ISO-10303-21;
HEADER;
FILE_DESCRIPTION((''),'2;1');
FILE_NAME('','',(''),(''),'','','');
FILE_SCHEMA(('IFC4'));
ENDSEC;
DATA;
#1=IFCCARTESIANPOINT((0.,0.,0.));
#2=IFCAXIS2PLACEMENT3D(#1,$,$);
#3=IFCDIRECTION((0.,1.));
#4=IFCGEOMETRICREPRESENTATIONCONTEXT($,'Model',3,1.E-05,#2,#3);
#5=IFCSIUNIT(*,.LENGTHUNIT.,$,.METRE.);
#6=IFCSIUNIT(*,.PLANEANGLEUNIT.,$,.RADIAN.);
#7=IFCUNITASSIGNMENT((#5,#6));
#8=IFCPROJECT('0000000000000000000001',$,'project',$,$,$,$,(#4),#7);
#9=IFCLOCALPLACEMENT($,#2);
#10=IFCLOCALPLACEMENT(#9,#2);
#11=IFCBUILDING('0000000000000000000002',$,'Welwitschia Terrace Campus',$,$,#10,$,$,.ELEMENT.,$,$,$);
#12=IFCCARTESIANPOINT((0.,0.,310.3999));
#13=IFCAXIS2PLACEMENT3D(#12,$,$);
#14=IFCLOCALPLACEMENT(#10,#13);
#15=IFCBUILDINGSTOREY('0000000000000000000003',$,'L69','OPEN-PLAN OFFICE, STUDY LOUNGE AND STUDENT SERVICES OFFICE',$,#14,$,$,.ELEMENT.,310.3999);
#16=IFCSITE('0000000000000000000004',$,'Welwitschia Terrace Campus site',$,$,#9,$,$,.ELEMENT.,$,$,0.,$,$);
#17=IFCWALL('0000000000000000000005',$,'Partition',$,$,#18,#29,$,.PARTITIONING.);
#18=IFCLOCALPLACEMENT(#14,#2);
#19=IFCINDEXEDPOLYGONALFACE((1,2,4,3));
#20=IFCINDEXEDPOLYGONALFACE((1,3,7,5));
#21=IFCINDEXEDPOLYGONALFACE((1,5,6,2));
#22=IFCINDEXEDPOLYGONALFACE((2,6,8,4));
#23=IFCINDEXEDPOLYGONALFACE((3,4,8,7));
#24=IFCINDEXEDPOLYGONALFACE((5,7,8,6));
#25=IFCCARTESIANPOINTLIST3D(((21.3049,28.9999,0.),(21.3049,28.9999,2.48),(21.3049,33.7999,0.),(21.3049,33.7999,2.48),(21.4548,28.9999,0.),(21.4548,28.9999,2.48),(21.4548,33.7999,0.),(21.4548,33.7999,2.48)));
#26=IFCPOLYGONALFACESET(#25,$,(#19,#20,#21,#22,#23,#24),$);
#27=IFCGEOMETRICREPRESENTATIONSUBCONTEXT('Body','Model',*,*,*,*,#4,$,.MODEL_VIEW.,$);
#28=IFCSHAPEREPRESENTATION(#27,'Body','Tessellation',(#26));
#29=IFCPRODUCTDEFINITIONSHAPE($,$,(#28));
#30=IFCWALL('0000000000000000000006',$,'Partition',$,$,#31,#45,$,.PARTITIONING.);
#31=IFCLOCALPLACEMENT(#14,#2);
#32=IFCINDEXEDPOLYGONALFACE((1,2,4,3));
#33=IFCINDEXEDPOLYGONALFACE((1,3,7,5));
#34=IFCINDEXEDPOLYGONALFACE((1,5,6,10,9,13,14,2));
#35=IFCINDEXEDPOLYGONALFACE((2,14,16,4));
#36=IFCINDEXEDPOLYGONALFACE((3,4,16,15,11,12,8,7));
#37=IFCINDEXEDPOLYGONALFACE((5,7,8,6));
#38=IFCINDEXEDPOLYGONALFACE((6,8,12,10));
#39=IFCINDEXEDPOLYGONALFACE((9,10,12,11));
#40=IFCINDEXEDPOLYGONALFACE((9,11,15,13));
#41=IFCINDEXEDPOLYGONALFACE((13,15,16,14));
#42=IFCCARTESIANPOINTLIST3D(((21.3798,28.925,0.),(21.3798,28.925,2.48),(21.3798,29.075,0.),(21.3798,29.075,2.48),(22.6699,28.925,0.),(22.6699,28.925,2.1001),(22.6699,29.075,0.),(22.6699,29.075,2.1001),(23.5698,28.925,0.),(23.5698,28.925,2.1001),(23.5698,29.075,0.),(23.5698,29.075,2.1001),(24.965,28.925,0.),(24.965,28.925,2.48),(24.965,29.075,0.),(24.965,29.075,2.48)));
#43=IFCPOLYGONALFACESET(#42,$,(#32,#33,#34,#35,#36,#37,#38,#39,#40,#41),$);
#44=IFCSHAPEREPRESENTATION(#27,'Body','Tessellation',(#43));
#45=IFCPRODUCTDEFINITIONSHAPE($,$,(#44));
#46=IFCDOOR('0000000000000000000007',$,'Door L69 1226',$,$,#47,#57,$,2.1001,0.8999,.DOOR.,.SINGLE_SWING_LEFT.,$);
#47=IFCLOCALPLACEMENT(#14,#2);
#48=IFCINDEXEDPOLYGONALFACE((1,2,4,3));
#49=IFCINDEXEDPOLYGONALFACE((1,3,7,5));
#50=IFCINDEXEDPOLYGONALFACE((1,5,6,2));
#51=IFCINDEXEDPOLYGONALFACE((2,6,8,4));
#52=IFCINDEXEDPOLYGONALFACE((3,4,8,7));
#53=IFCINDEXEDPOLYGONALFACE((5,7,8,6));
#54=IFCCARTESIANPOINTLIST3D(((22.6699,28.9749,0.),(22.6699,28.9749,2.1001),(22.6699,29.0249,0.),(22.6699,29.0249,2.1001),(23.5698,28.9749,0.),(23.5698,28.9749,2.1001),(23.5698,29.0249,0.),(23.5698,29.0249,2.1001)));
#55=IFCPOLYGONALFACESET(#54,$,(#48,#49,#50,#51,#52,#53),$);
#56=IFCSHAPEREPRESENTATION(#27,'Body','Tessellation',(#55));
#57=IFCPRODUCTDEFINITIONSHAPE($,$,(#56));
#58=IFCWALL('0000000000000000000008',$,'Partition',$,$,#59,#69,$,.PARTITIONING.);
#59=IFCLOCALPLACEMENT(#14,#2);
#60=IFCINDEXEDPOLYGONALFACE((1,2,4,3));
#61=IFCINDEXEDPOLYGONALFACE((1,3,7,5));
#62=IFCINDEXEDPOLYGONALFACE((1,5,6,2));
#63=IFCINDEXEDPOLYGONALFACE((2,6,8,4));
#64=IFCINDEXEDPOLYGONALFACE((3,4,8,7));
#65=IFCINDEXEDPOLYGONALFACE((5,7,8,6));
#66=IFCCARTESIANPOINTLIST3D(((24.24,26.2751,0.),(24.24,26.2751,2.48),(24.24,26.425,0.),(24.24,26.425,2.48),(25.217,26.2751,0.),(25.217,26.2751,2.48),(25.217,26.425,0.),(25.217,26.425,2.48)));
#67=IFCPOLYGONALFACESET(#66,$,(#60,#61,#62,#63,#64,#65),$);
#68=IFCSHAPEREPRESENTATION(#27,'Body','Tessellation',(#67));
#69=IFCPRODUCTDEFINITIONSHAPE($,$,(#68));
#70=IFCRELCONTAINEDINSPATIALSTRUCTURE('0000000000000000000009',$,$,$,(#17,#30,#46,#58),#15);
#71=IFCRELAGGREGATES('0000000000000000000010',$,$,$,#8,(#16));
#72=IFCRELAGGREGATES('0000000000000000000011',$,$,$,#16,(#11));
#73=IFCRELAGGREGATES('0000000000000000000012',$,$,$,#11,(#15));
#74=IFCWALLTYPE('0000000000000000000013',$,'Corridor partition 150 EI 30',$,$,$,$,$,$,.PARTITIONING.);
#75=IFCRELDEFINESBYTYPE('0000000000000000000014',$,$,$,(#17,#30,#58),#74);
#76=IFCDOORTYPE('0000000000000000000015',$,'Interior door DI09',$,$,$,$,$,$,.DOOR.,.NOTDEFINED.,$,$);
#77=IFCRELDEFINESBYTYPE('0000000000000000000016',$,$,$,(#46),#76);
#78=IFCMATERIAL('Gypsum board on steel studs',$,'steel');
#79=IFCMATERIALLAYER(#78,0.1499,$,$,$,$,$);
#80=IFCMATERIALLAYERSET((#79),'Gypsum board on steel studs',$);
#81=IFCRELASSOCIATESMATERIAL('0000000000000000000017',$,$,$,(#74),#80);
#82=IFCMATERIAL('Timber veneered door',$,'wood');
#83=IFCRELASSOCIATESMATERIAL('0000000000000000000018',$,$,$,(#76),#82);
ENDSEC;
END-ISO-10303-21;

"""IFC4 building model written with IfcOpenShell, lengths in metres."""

from ifc_helpers import new_model, si_unit, direction, frame, frame_2d, origin, place, context, subcontext, project, spatial, rectangle, extrude, material, layer, layer_set, type_object, element, fill, save


model = new_model("IFC4")

# Units and contexts
model_context = context("Model", 3, precision=1e-05, world=origin(), true_north=direction((0.0, 1.0)))
body_context = subcontext(model_context, "Body", "Model", "MODEL_VIEW")
ifc_project = project(units=[si_unit("LENGTHUNIT", "METRE"), si_unit("PLANEANGLEUNIT", "RADIAN")], contexts=[model_context])

# Site, building, storey
site_placement = place(None, origin())
site = spatial("IfcSite", under=ifc_project, at=site_placement, Name="Welwitschia Terrace Campus site", CompositionType="ELEMENT", RefElevation=0.0)
building_placement = place(site_placement, origin())
building = spatial("IfcBuilding", under=site, at=building_placement, Name="Welwitschia Terrace Campus", CompositionType="ELEMENT")
storey_placement = place(building_placement, frame((0.0, 0.0, 310.3999)))
storey = spatial("IfcBuildingStorey", under=building, at=storey_placement, Name="L69", Description="OPEN-PLAN OFFICE, STUDY LOUNGE AND STUDENT SERVICES OFFICE", CompositionType="ELEMENT", Elevation=310.3999)

# Shared definitions
ifc_material_1 = material(Name="Gypsum board on steel studs", Category="steel")
ifc_layer_1 = layer(ifc_material_1, 0.1499)
ifc_layer_set_1 = layer_set([ifc_layer_1], Name="Gypsum board on steel studs")
wall_type_1 = type_object("IfcWallType", Name="Corridor partition 150 EI 30", PredefinedType="PARTITIONING", material=ifc_layer_set_1)
ifc_material_2 = material(Name="Timber veneered door", Category="wood")
door_type_1 = type_object("IfcDoorType", Name="Interior door DI09", OperationType="NOTDEFINED", PredefinedType="DOOR", material=ifc_material_2)

# Wall
wall_1_placement = place(storey_placement, frame((21.3799, 29.0, 0.0), z_axis=(0.0, 0.0, 1.0), x_axis=(0.0, 1.0, 0.0)))
element("IfcWall", 1, at=wall_1_placement, inside=storey, type_object=wall_type_1, Name="Partition", PredefinedType="PARTITIONING", context=body_context, shape_type="SweptSolid", body=[
    extrude(rectangle(XDim=4.8, YDim=0.1499, at=frame_2d((2.3999, 0.0))), origin(), (0.0, 0.0, 1.0), 2.48),
])

# Wall, opening, door
wall_2_placement = place(storey_placement, frame((21.3799, 29.0, 0.0), z_axis=(0.0, 0.0, 1.0), x_axis=(1.0, 0.0, 0.0)))
wall_2 = element("IfcWall", 2, at=wall_2_placement, inside=storey, type_object=wall_type_1, Name="Partition", PredefinedType="PARTITIONING", context=body_context, shape_type="SweptSolid", body=[
    extrude(rectangle(XDim=3.5852, YDim=0.1499, at=frame_2d((1.7925, 0.0))), origin(), (0.0, 0.0, 1.0), 2.48),
])
opening_1_placement = place(wall_2_placement, frame((1.29, 0.0, 0.0)))
opening_1 = element("IfcOpeningElement", 3, at=opening_1_placement, cuts=wall_2, PredefinedType="OPENING", context=body_context, shape_type="SweptSolid", body=[
    extrude(rectangle(XDim=0.8999, YDim=2.1001, at=frame_2d((0.45, 1.05))), frame((0.0, 0.085, 0.0), z_axis=(0.0, -1.0, 0.0), x_axis=(1.0, 0.0, 0.0)), (0.0, 0.0, 1.0), 0.1699),
])
door_1_placement = place(opening_1_placement, origin())
door_1 = element("IfcDoor", 4, at=door_1_placement, inside=storey, type_object=door_type_1, Name="Door L69 1226", OperationType="SINGLE_SWING_LEFT", OverallHeight=2.1001, OverallWidth=0.8999, PredefinedType="DOOR", context=body_context, shape_type="SweptSolid", body=[
    extrude(rectangle(XDim=0.8999, YDim=2.1001, at=frame_2d((0.45, 1.05))), frame((0.0, 0.0249, 0.0), z_axis=(0.0, -1.0, 0.0), x_axis=(1.0, 0.0, 0.0)), (0.0, 0.0, 1.0), 0.05),
])
fill(opening_1, door_1)

# Wall
wall_3_placement = place(storey_placement, frame((24.24, 26.3501, 0.0), z_axis=(0.0, 0.0, 1.0), x_axis=(1.0, 0.0, 0.0)))
element("IfcWall", 5, at=wall_3_placement, inside=storey, type_object=wall_type_1, Name="Partition", PredefinedType="PARTITIONING", context=body_context, shape_type="SweptSolid", body=[
    extrude(rectangle(XDim=0.9771, YDim=0.1499, at=frame_2d((0.4885, 0.0))), origin(), (0.0, 0.0, 1.0), 2.48),
])

save(model, "model.ifc")
